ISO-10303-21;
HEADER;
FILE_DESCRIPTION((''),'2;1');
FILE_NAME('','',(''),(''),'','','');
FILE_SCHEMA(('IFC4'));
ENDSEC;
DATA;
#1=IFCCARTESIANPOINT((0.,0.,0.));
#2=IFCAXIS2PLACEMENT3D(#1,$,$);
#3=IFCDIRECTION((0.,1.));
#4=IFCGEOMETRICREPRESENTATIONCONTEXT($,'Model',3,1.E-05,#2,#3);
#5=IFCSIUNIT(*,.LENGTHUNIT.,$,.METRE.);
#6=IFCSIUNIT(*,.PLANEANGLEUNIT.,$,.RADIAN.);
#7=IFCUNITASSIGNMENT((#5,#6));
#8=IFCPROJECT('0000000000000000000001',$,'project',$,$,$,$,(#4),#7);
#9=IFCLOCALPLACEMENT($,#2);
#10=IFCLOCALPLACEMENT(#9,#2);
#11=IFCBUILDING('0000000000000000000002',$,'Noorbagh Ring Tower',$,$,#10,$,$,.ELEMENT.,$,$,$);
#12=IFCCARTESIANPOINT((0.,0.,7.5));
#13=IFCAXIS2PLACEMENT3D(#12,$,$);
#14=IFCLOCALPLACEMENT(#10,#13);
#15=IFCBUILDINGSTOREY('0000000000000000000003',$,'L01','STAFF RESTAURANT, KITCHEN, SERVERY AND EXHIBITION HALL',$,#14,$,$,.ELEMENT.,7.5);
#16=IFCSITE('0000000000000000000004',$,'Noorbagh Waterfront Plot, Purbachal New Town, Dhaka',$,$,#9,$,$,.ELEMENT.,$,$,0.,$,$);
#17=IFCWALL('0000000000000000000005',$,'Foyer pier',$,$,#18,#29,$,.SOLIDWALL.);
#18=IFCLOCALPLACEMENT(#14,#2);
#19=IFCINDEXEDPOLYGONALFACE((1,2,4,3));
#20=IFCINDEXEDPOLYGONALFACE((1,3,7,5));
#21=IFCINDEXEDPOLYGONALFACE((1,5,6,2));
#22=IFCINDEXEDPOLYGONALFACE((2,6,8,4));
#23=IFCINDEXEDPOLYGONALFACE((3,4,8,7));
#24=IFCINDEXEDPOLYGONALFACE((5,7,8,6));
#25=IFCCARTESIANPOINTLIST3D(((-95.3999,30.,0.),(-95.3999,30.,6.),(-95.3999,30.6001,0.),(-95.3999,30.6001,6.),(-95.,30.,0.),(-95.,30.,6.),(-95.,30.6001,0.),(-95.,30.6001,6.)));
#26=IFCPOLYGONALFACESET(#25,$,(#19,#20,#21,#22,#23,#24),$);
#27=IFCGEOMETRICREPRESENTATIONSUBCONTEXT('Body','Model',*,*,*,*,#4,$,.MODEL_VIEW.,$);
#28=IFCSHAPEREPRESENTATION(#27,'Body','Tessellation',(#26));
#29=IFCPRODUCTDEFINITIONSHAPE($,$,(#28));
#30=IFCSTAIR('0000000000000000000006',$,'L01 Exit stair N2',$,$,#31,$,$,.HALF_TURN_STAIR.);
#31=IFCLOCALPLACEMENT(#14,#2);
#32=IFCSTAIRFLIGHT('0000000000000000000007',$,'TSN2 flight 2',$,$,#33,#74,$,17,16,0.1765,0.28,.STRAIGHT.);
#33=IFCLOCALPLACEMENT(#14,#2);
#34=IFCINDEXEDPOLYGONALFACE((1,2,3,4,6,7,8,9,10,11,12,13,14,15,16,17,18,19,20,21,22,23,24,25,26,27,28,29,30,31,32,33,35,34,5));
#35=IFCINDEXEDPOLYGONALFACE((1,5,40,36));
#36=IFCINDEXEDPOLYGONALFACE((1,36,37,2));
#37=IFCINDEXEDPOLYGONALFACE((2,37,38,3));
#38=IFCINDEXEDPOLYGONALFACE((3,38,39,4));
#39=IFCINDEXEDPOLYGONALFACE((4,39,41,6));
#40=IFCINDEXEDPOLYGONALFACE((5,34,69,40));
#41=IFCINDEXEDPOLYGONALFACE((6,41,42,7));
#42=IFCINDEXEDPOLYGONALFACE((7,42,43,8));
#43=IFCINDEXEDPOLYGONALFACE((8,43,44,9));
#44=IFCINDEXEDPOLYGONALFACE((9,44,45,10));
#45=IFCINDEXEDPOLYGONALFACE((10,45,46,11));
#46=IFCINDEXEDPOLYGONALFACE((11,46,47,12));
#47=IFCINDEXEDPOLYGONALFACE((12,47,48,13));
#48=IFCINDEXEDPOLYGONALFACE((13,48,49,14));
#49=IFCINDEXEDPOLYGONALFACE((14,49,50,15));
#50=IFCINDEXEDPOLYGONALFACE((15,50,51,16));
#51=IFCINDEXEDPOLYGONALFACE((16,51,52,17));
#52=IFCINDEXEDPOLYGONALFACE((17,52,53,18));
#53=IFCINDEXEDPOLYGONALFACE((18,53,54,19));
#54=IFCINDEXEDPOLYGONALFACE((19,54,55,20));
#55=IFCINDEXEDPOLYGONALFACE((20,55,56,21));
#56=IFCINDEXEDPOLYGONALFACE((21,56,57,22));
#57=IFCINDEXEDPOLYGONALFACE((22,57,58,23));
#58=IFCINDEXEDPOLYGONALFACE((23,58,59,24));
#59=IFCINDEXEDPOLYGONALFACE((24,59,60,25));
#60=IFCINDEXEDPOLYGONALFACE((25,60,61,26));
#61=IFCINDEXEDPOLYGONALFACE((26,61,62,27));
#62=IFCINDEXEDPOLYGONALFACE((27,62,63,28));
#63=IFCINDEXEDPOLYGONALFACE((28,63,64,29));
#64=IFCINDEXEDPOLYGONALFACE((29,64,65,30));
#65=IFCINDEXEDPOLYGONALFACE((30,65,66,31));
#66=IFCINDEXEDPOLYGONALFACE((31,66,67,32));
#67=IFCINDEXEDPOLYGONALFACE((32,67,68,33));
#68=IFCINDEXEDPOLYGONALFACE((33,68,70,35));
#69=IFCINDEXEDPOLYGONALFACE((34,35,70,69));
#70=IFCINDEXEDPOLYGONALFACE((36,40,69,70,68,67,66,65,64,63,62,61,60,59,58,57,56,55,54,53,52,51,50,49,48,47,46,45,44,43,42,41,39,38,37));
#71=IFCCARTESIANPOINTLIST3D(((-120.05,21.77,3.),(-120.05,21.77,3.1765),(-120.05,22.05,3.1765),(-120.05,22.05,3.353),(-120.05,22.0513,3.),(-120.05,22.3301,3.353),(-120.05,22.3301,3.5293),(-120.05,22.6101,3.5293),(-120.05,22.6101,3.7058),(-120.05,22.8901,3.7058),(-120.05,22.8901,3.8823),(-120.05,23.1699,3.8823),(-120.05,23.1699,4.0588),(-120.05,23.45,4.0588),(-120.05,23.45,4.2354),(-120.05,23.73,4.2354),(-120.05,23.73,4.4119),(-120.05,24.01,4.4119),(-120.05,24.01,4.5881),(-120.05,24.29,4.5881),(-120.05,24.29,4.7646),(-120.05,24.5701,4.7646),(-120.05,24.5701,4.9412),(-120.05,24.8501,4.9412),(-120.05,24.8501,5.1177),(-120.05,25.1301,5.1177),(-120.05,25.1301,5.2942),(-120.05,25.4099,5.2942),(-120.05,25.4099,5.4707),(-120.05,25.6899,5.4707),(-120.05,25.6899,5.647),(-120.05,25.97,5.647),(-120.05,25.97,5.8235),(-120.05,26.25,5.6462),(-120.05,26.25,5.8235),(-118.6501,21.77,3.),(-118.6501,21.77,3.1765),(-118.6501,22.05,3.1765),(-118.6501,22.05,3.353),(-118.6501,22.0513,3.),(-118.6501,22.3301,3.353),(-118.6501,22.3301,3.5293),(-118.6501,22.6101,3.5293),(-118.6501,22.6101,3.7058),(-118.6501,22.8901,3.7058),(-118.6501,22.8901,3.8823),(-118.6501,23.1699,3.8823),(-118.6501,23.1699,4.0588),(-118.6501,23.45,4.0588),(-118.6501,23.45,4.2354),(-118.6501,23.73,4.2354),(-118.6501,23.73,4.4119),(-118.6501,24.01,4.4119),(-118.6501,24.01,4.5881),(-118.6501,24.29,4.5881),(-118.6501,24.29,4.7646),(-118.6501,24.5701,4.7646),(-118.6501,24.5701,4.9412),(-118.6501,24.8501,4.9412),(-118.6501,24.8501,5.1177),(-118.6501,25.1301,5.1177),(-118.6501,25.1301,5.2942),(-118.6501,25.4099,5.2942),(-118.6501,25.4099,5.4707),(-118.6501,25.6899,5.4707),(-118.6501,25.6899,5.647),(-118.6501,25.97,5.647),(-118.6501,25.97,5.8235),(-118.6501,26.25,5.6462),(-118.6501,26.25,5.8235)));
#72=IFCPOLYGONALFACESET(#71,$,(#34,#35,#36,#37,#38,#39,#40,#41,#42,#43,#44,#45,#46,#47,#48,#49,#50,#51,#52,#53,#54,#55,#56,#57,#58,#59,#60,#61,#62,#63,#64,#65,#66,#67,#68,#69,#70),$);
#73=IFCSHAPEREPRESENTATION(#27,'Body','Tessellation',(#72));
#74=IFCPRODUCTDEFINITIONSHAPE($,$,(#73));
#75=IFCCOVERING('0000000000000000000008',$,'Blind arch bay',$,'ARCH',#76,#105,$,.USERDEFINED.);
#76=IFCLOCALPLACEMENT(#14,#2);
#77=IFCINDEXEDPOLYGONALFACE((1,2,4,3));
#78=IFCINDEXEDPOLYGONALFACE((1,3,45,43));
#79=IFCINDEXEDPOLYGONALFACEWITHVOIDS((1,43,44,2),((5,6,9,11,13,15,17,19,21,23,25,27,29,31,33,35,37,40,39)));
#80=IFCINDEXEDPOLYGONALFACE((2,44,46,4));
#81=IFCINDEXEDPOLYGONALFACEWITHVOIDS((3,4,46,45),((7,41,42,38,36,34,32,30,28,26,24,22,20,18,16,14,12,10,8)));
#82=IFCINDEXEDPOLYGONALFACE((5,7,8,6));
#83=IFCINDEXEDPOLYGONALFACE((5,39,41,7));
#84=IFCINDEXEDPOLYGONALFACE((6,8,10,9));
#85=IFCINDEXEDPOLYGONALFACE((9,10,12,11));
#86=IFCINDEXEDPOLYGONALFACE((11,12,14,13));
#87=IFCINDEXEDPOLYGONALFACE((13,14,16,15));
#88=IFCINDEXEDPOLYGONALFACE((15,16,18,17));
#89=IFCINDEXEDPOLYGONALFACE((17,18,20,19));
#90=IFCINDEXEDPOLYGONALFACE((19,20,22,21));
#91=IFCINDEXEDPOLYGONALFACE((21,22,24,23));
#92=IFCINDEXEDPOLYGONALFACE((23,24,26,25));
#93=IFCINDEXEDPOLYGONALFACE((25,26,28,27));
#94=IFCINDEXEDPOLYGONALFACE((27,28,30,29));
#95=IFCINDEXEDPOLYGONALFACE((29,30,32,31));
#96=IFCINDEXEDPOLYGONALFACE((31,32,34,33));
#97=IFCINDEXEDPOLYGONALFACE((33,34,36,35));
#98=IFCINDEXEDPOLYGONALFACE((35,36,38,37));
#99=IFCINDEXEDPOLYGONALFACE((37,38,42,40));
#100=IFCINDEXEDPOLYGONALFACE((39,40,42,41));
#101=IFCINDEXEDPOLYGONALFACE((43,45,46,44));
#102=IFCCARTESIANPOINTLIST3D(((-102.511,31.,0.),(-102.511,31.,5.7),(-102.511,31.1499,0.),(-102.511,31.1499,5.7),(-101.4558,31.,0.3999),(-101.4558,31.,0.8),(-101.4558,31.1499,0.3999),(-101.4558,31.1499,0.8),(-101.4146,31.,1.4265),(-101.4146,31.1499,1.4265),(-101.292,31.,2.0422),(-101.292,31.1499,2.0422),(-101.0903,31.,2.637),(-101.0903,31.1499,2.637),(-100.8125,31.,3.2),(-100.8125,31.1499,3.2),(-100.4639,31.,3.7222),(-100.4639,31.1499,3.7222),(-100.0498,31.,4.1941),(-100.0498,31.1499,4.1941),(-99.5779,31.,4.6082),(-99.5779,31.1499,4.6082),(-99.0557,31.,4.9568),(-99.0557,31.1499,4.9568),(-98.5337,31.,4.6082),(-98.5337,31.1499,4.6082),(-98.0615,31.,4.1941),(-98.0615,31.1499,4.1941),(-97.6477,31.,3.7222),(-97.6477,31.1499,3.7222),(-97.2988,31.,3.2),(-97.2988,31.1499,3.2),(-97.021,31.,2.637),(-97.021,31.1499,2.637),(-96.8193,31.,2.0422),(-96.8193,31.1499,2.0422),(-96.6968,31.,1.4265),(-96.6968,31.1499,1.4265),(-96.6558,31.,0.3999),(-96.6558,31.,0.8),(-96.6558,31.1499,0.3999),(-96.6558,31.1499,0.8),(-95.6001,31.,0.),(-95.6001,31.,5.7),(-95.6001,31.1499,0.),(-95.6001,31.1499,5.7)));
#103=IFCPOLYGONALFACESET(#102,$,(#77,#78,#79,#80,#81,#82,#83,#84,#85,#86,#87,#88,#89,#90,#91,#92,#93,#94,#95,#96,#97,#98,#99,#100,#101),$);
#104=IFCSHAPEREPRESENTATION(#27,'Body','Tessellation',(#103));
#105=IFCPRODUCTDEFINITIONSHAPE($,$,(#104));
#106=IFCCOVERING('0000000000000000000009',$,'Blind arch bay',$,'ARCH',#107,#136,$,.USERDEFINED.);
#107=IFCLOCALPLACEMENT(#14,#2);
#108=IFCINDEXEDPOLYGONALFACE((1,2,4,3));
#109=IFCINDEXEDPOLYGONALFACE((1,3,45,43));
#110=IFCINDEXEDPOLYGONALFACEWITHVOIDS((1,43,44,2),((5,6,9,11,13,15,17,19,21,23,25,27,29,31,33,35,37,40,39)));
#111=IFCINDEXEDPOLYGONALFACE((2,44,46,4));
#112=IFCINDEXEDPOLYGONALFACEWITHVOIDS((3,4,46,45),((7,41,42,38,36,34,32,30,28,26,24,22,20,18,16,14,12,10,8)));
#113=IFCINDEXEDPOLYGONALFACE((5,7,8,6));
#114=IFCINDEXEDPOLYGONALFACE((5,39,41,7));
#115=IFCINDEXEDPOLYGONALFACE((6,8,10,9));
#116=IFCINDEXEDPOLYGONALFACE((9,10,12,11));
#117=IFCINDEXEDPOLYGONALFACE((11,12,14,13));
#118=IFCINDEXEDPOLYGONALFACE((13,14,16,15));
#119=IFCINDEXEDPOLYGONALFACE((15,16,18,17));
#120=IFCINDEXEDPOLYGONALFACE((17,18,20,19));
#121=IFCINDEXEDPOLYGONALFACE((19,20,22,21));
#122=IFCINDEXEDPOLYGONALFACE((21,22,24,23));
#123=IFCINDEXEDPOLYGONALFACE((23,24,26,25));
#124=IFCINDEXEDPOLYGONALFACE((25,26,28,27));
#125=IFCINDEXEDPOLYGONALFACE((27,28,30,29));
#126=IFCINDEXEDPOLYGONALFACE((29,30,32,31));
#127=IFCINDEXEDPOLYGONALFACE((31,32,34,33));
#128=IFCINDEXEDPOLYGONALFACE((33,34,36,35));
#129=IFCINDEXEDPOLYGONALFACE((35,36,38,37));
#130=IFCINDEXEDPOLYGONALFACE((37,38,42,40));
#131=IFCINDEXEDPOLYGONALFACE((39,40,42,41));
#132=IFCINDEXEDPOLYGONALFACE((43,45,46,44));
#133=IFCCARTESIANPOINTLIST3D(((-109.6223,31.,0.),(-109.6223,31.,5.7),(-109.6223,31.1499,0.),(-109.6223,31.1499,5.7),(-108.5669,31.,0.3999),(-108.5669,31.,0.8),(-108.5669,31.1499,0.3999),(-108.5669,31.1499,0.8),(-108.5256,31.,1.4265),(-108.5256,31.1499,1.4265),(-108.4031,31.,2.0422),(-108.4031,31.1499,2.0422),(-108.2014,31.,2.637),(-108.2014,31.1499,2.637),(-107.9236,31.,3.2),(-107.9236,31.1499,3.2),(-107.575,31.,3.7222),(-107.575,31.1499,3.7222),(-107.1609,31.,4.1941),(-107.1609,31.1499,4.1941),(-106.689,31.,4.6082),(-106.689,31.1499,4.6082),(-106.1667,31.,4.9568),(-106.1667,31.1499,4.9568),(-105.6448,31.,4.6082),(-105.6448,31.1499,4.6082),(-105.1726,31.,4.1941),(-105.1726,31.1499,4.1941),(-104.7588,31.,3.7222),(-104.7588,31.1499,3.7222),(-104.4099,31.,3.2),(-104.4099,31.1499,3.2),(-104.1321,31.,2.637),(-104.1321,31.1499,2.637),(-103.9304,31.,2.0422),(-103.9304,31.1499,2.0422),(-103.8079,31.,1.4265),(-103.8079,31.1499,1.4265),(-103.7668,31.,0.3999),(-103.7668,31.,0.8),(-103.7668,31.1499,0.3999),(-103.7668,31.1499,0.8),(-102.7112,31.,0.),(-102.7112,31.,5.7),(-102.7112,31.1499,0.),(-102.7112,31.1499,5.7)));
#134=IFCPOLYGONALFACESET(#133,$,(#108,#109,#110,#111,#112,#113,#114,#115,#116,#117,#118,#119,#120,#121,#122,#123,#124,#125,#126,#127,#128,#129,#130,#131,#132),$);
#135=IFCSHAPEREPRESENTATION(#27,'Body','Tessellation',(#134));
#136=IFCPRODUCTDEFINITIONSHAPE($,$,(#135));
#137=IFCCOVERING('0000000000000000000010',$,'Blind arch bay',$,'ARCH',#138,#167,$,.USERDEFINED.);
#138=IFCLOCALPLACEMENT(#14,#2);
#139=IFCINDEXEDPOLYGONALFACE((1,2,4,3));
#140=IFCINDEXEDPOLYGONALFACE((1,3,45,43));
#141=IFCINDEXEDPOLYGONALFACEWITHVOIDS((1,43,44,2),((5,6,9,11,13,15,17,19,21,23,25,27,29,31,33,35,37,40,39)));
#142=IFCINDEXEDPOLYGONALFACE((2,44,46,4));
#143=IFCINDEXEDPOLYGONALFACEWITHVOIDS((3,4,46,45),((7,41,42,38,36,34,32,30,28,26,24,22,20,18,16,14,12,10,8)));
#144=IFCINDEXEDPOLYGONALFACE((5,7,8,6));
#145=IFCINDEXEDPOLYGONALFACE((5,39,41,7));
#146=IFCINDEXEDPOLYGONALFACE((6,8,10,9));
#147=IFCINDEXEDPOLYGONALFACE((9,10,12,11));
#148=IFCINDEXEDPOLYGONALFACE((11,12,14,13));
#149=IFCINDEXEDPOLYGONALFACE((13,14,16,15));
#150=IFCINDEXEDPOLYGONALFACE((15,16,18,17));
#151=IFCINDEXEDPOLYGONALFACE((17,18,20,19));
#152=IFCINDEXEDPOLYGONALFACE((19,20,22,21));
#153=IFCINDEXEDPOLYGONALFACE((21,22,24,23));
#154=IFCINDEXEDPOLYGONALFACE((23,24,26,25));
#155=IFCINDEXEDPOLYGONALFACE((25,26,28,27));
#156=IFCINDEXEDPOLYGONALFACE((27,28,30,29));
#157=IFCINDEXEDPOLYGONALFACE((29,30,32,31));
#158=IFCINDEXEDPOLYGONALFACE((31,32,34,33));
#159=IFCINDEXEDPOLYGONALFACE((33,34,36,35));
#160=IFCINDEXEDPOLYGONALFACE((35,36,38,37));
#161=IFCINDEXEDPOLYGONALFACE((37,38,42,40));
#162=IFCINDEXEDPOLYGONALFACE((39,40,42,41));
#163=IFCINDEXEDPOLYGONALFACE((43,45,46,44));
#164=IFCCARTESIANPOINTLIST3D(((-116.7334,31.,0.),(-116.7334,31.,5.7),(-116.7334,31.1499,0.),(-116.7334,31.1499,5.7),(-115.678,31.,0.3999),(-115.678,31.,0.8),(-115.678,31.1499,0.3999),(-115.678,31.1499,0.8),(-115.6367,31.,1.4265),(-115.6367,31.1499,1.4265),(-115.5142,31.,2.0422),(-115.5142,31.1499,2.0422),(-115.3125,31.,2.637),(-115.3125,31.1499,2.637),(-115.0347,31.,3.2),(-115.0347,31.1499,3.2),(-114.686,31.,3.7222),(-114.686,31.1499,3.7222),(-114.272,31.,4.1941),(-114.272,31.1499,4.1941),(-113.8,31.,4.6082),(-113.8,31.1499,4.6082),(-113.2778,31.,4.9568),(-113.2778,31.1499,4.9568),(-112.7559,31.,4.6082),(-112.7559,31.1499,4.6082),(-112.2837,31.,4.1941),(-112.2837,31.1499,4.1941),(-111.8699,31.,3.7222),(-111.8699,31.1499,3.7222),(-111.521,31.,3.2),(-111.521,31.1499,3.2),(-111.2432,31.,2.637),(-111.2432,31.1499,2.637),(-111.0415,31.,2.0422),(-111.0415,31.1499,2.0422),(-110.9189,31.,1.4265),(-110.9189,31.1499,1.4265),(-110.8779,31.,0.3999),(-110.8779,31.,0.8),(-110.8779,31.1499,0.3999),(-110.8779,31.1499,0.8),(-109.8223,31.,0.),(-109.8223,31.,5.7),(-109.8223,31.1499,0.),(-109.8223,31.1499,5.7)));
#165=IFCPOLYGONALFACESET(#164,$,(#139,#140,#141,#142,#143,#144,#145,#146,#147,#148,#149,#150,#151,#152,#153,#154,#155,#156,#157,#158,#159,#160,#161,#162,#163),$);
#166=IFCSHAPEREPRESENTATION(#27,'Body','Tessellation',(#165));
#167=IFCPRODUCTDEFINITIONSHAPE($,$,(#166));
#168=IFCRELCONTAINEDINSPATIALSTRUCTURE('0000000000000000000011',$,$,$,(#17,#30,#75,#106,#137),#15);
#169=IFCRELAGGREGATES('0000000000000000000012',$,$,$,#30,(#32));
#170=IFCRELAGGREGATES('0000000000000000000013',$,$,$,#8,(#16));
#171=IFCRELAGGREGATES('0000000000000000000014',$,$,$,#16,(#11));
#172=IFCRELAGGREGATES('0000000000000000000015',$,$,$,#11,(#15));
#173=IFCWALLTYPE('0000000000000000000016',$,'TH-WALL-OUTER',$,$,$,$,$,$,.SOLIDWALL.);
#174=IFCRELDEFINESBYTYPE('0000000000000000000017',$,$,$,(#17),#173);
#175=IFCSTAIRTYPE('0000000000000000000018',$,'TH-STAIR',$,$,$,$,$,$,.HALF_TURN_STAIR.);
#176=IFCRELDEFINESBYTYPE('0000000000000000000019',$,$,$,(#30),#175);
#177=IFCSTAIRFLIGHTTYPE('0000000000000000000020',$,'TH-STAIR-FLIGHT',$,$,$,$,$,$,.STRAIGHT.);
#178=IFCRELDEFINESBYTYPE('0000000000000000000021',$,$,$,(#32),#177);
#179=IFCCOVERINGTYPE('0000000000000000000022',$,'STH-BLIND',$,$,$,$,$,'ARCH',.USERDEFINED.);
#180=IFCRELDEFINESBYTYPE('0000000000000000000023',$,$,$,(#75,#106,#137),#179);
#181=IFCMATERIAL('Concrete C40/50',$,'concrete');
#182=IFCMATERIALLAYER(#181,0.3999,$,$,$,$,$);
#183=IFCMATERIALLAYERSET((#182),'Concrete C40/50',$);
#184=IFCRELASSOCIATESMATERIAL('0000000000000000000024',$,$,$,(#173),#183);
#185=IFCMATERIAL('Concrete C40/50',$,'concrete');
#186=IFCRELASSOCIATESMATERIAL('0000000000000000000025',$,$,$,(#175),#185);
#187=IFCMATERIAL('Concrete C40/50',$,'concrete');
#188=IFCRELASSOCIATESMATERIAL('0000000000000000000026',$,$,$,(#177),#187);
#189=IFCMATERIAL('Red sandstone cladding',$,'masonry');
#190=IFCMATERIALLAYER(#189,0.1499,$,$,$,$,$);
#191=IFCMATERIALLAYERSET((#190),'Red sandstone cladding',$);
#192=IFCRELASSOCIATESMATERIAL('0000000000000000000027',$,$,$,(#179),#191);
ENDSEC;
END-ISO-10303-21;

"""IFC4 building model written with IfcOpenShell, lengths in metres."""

from ifc_helpers import new_model, si_unit, direction, frame, frame_2d, origin, place, context, subcontext, project, spatial, polyline, rectangle, outline, extrude, material, layer, layer_set, type_object, element, aggregate, save


model = new_model("IFC4")

# Units and contexts
model_context = context("Model", 3, precision=1e-05, world=origin(), true_north=direction((0.0, 1.0)))
body_context = subcontext(model_context, "Body", "Model", "MODEL_VIEW")
ifc_project = project(units=[si_unit("LENGTHUNIT", "METRE"), si_unit("PLANEANGLEUNIT", "RADIAN")], contexts=[model_context])

# Site, building, storey
site_placement = place(None, origin())
site = spatial("IfcSite", under=ifc_project, at=site_placement, Name="Noorbagh Waterfront Plot, Purbachal New Town, Dhaka", CompositionType="ELEMENT", RefElevation=0.0)
building_placement = place(site_placement, origin())
building = spatial("IfcBuilding", under=site, at=building_placement, Name="Noorbagh Ring Tower", CompositionType="ELEMENT")
storey_placement = place(building_placement, frame((0.0, 0.0, 7.5)))
storey = spatial("IfcBuildingStorey", under=building, at=storey_placement, Name="L01", Description="STAFF RESTAURANT, KITCHEN, SERVERY AND EXHIBITION HALL", CompositionType="ELEMENT", Elevation=7.5)

# Wall
ifc_material_1 = material(Name="Concrete C40/50", Category="concrete")
ifc_layer_1 = layer(ifc_material_1, 0.3999)
ifc_layer_set_1 = layer_set([ifc_layer_1], Name="Concrete C40/50")
wall_type_1 = type_object("IfcWallType", Name="TH-WALL-OUTER", PredefinedType="SOLIDWALL", material=ifc_layer_set_1)
wall_1_placement = place(storey_placement, frame((-95.2, 30.0, 0.0), z_axis=(0.0, 0.0, 1.0), x_axis=(0.0, 1.0, 0.0)))
element("IfcWall", 1, at=wall_1_placement, inside=storey, type_object=wall_type_1, Name="Foyer pier", PredefinedType="SOLIDWALL", context=body_context, shape_type="SweptSolid", body=[
    extrude(rectangle(XDim=0.6001, YDim=0.3999, at=frame_2d((0.3, 0.0))), origin(), (0.0, 0.0, 1.0), 6.0),
])

# Stair, stair flight
ifc_material_2 = material(Name="Concrete C40/50", Category="concrete")
stair_type = type_object("IfcStairType", Name="TH-STAIR", PredefinedType="HALF_TURN_STAIR", material=ifc_material_2)
stair_placement = place(storey_placement, origin())
stair = element("IfcStair", 2, at=stair_placement, inside=storey, type_object=stair_type, Name="L01 Exit stair N2", PredefinedType="HALF_TURN_STAIR")
ifc_material_3 = material(Name="Concrete C40/50", Category="concrete")
stair_flight_type = type_object("IfcStairFlightType", Name="TH-STAIR-FLIGHT", PredefinedType="STRAIGHT", material=ifc_material_3)
stair_flight_placement = place(storey_placement, frame((-119.3501, 21.77, 3.0), z_axis=(0.0, 0.0, 1.0), x_axis=(0.0, 1.0, 0.0)))
stair_flight = element("IfcStairFlight", 3, at=stair_flight_placement, type_object=stair_flight_type, Name="TSN2 flight 2", NumberOfRisers=17, NumberOfTreads=16, PredefinedType="STRAIGHT", RiserHeight=0.1765, TreadLength=0.28, context=body_context, shape_type="SweptSolid", body=[
    extrude(outline(polyline([(0.0, 0.0), (0.0, 0.1765), (0.28, 0.1765), (0.28, 0.353), (0.5601, 0.353), (0.5601, 0.5293), (0.8401, 0.5293), (0.8401, 0.7058), (1.1201, 0.7058), (1.1201, 0.8823), (1.3999, 0.8823), (1.3999, 1.0588), (1.6799, 1.0588), (1.6799, 1.2354), (1.96, 1.2354), (1.96, 1.4119), (2.24, 1.4119), (2.24, 1.5881), (2.52, 1.5881), (2.52, 1.7646), (2.8, 1.7646), (2.8, 1.9412), (3.0801, 1.9412), (3.0801, 2.1177), (3.3601, 2.1177), (3.3601, 2.2942), (3.6399, 2.2942), (3.6399, 2.4707), (3.9199, 2.4707), (3.9199, 2.647), (4.2, 2.647), (4.2, 2.8235), (4.48, 2.8235), (4.48, 3.0), (4.48, 2.6462), (0.2812, 0.0), (0.0, 0.0)])), frame((0.0, 0.7, 0.0), z_axis=(0.0, -1.0, 0.0), x_axis=(1.0, 0.0, 0.0)), (0.0, 0.0, 1.0), 1.3999),
])
aggregate(stair, [stair_flight])

# Coverings
ifc_material_4 = material(Name="Red sandstone cladding", Category="masonry")
ifc_layer_2 = layer(ifc_material_4, 0.1499)
ifc_layer_set_2 = layer_set([ifc_layer_2], Name="Red sandstone cladding")
covering_type = type_object("IfcCoveringType", Name="STH-BLIND", ElementType="ARCH", PredefinedType="USERDEFINED", material=ifc_layer_set_2)
covering_placement = place(storey_placement, frame((-95.6001, 31.1499, 0.0), z_axis=(0.0, 1.0, 0.0), x_axis=(-1.0, 0.0, 0.0)))
element("IfcCovering", 4, at=covering_placement, inside=storey, type_object=covering_type, Name="Blind arch bay", ObjectType="ARCH", PredefinedType="USERDEFINED", context=body_context, shape_type="SweptSolid", body=[
    extrude(outline(polyline([(0.0, 0.0), (6.9109, 0.0), (6.9109, 5.7), (0.0, 5.7), (0.0, 0.0)]), holes=[polyline([(1.0557, 0.3999), (1.0557, 0.8), (1.0967, 1.4265), (1.2192, 2.0422), (1.4209, 2.637), (1.6987, 3.2), (2.0476, 3.7222), (2.4614, 4.1941), (2.9336, 4.6082), (3.4556, 4.9568), (3.9778, 4.6082), (4.4497, 4.1941), (4.8638, 3.7222), (5.2124, 3.2), (5.4902, 2.637), (5.6919, 2.0422), (5.8145, 1.4265), (5.8557, 0.8), (5.8557, 0.3999), (1.0557, 0.3999)])]), origin(), (0.0, 0.0, -1.0), 0.1499),
])
for number, where, z_axis, x_axis, name in (
    (5, (-102.7112, 31.1499, 0.0), (0.0, 1.0, 0.0), (-1.0, 0.0, 0.0), "Blind arch bay"),
    (6, (-109.8223, 31.1499, 0.0), (0.0, 1.0, 0.0), (-1.0, 0.0, 0.0), "Blind arch bay"),
):
    element("IfcCovering", number, at=place(storey_placement, frame(where, z_axis=z_axis, x_axis=x_axis)), inside=storey, type_object=covering_type, Name=name, ObjectType="ARCH", PredefinedType="USERDEFINED", context=body_context, shape_type="SweptSolid", body=[
        extrude(outline(polyline([(0.0, 0.0), (6.9111, 0.0), (6.9111, 5.7), (0.0, 5.7), (0.0, 0.0)]), holes=[polyline([(1.0557, 0.3999), (1.0557, 0.8), (1.0967, 1.4265), (1.2192, 2.0422), (1.4209, 2.637), (1.6987, 3.2), (2.0476, 3.7222), (2.4614, 4.1941), (2.9336, 4.6082), (3.4556, 4.9568), (3.9778, 4.6082), (4.4497, 4.1941), (4.8638, 3.7222), (5.2124, 3.2), (5.4902, 2.637), (5.6919, 2.0422), (5.8145, 1.4265), (5.8557, 0.8), (5.8557, 0.3999), (1.0557, 0.3999)])]), origin(), (0.0, 0.0, -1.0), 0.1499),
    ])

save(model, "model.ifc")
